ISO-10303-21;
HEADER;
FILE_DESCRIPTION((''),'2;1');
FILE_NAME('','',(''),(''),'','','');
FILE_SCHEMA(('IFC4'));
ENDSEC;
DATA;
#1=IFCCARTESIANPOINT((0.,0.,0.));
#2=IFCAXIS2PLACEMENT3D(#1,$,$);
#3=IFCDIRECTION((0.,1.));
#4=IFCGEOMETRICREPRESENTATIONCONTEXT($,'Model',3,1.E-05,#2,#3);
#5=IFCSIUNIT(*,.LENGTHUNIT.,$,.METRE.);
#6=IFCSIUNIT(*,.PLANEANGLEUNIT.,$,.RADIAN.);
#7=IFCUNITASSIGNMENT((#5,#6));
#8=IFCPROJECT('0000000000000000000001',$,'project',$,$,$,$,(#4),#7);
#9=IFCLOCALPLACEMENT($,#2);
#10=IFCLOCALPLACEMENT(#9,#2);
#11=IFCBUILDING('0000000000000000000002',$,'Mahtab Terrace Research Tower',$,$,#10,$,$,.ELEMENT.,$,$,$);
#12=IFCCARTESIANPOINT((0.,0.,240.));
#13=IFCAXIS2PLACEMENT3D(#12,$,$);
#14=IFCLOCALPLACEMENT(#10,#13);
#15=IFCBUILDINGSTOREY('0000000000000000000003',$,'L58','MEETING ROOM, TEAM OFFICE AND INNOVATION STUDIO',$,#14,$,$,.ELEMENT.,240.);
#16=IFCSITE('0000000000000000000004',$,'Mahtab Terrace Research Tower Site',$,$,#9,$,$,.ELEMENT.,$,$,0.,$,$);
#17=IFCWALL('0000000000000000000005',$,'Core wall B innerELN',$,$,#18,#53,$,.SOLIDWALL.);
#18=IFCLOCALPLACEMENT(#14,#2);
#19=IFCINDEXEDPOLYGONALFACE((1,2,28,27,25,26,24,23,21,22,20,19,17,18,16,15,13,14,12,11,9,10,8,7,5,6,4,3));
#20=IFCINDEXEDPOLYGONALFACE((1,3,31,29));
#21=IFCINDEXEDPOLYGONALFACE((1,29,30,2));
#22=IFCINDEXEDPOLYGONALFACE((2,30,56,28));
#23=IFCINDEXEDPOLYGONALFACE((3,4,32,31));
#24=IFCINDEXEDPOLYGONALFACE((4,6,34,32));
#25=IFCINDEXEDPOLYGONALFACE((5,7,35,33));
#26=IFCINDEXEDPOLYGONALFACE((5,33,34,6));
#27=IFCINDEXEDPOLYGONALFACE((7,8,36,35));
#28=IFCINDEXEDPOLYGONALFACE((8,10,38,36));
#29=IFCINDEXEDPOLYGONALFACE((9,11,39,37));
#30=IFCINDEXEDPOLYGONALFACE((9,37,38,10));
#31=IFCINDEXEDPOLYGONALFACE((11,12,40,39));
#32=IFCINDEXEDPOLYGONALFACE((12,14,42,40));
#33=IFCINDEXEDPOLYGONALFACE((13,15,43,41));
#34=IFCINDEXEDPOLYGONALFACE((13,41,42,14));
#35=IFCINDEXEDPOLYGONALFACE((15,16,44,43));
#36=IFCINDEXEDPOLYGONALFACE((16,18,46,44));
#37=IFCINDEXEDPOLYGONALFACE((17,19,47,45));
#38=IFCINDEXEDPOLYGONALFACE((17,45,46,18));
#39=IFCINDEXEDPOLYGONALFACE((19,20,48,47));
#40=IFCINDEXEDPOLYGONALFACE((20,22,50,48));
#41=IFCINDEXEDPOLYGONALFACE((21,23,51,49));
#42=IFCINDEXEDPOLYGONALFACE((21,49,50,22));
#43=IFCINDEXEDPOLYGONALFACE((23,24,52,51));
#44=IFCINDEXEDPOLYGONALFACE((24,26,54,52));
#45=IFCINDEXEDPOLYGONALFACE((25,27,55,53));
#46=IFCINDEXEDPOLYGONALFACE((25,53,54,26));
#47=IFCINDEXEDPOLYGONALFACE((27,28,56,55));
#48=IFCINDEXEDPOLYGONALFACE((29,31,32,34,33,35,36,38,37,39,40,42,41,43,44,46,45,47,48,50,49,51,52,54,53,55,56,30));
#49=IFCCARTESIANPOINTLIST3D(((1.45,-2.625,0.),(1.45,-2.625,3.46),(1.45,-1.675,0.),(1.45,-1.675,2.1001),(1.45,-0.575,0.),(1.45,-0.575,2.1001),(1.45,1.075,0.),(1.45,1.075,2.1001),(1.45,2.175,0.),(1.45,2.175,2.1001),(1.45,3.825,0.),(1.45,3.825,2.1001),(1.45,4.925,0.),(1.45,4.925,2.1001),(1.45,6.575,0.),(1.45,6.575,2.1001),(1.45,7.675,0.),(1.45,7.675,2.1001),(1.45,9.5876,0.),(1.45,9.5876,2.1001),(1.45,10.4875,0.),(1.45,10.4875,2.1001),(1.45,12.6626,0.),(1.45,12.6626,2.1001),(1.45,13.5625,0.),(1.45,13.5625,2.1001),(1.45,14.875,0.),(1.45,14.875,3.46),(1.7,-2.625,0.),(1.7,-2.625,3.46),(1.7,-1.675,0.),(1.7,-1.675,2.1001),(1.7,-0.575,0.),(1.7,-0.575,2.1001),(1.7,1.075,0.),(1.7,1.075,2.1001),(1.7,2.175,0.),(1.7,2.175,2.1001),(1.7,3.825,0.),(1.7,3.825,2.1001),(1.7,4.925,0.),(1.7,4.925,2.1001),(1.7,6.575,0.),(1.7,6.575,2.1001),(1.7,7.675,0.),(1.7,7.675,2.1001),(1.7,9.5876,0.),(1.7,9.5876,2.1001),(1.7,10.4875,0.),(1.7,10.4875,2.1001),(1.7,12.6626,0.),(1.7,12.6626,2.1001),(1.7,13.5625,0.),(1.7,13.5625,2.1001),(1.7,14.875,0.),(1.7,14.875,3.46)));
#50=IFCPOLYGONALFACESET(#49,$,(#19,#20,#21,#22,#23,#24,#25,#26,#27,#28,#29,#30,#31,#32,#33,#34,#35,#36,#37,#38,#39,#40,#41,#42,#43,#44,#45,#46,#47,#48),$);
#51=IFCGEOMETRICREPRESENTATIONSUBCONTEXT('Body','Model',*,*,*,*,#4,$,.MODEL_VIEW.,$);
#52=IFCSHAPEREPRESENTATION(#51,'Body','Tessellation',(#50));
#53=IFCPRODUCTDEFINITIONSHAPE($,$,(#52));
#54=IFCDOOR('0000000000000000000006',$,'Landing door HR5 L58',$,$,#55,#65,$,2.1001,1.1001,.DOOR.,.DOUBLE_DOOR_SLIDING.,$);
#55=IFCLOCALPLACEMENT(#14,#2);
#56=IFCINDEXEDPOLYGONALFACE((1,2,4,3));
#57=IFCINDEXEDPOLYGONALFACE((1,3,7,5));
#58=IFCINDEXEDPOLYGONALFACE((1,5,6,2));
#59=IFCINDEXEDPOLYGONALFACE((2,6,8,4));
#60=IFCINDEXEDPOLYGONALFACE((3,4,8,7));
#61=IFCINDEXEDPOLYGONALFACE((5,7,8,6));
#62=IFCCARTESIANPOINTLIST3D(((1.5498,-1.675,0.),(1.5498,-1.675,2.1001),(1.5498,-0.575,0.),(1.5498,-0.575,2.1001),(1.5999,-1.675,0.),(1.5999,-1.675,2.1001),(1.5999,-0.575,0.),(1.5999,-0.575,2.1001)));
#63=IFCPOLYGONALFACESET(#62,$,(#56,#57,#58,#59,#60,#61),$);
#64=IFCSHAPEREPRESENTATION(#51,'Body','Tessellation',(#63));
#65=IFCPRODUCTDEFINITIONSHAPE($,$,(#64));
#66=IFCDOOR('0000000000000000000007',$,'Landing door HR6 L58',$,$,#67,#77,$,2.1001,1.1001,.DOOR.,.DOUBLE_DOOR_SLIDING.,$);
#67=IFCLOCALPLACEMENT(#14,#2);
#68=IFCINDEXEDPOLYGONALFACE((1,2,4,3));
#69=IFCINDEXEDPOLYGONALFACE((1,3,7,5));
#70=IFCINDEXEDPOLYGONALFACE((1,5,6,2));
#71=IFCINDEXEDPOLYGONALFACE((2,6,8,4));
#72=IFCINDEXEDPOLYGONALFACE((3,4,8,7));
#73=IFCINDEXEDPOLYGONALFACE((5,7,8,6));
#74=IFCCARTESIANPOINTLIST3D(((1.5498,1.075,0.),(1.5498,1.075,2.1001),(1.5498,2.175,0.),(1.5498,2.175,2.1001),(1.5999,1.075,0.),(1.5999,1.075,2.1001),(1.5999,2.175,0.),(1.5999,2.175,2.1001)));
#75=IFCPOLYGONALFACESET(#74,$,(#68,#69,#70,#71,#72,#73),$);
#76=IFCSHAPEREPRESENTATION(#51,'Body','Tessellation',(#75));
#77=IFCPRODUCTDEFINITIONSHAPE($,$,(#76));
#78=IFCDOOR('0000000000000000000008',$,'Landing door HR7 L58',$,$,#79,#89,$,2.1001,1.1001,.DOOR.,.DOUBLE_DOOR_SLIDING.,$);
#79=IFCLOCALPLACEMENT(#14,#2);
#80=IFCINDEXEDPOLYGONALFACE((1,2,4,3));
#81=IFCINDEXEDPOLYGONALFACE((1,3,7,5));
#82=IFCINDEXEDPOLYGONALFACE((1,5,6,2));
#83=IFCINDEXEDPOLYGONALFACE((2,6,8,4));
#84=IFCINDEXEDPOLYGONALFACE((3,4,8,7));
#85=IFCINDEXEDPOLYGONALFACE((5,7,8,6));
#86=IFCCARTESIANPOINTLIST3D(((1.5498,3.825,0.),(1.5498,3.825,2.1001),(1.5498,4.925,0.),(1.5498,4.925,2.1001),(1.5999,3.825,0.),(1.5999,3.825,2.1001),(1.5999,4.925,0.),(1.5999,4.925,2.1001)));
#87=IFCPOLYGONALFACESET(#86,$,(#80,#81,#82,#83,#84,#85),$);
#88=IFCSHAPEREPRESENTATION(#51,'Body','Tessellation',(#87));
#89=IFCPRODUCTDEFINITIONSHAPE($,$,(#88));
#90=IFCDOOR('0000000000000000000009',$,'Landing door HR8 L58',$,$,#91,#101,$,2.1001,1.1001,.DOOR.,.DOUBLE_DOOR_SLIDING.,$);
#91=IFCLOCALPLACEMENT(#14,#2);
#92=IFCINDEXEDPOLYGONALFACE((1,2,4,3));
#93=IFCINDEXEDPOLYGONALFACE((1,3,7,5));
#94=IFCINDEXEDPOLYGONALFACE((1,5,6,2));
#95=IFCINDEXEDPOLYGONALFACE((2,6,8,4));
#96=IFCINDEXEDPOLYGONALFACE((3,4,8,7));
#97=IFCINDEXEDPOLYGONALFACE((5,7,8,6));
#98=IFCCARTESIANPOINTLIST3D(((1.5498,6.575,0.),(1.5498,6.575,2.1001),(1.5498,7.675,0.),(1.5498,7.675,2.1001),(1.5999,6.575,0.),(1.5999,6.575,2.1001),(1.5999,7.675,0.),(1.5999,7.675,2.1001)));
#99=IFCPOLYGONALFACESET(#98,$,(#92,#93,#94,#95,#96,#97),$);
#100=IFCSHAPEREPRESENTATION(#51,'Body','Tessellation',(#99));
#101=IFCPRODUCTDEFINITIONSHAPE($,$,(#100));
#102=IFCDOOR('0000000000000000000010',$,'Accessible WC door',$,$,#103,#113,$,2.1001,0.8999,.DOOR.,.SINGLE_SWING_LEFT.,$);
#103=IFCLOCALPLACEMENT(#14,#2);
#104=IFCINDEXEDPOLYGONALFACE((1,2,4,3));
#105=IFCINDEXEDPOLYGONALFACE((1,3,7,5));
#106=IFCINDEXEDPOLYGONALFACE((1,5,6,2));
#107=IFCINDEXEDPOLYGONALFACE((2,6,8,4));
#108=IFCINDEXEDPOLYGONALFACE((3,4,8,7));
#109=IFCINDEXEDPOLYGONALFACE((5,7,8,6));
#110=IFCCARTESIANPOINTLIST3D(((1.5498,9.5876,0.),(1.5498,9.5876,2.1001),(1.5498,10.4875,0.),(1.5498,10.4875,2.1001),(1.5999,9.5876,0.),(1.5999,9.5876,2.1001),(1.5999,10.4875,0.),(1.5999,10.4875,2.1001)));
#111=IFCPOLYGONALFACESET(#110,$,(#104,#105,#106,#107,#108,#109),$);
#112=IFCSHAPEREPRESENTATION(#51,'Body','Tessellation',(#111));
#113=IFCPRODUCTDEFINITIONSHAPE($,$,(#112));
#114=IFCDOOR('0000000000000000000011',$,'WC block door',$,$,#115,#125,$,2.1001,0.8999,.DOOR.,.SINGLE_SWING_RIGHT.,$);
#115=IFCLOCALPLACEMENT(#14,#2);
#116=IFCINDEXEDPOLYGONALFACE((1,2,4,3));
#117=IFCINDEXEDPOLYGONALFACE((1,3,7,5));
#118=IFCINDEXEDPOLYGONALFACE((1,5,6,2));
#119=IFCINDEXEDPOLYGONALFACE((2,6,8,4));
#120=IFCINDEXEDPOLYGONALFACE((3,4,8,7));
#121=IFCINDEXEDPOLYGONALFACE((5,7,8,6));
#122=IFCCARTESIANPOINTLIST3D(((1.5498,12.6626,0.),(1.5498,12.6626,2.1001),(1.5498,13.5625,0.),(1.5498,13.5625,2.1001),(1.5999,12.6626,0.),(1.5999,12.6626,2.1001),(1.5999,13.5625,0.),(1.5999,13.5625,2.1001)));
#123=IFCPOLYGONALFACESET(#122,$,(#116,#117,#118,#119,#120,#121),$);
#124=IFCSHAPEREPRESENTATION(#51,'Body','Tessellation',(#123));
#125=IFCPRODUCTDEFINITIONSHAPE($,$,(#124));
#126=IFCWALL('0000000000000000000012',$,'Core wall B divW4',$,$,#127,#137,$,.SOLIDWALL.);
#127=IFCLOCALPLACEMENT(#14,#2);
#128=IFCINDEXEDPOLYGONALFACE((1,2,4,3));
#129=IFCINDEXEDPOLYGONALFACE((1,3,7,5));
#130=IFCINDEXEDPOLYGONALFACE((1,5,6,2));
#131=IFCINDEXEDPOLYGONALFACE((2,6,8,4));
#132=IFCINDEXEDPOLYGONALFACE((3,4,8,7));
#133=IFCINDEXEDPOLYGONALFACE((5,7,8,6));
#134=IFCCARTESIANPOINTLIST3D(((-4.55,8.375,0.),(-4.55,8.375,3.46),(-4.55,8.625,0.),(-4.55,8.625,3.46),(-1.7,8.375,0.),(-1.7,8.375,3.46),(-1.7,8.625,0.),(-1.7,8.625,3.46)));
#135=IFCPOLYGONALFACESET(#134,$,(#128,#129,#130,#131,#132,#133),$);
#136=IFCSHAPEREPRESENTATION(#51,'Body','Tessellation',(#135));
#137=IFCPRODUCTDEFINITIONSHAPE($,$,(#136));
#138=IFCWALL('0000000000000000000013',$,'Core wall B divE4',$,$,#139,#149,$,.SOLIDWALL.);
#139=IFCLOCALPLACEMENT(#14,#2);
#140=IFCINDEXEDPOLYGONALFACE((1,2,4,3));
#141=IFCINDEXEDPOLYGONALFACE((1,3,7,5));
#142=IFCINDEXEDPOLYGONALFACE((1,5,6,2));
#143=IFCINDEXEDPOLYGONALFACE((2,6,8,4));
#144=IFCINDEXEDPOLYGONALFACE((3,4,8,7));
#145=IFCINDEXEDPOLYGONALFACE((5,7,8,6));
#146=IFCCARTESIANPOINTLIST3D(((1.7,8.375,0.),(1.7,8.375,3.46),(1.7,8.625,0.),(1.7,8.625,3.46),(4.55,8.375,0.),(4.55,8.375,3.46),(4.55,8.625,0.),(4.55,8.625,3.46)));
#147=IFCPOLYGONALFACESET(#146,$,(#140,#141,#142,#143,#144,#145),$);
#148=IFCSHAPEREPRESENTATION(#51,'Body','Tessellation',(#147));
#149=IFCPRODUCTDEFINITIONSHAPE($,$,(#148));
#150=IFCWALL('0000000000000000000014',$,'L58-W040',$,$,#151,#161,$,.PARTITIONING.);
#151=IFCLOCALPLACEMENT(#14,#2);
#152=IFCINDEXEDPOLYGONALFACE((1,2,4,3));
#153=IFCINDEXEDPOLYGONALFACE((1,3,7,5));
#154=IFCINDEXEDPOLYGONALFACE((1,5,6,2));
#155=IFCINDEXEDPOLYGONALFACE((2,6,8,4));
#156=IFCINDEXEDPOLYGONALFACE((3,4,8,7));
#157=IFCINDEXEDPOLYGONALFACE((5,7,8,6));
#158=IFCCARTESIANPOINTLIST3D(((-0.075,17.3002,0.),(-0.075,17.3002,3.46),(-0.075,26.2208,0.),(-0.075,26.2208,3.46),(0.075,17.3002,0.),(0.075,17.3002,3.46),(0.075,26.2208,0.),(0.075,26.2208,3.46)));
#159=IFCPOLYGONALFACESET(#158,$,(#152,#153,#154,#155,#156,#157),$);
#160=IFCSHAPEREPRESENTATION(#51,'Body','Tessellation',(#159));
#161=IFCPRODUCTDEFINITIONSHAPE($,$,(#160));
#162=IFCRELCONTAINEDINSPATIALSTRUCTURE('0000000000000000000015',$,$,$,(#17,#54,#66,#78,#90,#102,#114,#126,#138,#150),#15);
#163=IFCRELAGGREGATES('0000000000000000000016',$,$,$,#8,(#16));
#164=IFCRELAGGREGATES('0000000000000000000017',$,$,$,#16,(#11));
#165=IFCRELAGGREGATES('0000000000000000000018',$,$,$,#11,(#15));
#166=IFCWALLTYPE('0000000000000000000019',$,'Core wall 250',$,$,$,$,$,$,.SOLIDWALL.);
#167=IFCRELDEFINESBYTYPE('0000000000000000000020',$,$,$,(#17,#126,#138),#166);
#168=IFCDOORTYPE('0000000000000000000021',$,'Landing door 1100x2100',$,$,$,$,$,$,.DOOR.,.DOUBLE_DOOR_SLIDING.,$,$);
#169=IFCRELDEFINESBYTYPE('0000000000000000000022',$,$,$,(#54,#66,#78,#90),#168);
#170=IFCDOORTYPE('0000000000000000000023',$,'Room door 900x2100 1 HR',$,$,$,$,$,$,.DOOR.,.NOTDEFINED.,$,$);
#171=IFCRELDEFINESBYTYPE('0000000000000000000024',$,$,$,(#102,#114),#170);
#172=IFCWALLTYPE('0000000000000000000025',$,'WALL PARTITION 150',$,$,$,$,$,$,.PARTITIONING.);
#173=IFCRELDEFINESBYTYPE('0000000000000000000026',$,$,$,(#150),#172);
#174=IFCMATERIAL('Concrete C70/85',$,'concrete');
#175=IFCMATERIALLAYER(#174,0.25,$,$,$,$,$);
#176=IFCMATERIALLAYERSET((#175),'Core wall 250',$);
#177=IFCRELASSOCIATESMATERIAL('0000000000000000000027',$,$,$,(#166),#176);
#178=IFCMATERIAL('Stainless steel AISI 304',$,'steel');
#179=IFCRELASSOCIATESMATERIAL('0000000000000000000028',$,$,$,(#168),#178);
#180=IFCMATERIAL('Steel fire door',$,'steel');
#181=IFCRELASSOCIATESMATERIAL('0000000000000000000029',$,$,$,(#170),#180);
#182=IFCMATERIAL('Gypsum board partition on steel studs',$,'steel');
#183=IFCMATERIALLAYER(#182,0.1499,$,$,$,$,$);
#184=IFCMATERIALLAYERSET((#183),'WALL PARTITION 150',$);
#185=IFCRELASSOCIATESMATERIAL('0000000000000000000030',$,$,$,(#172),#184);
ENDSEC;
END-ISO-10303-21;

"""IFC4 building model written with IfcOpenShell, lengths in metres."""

from ifc_helpers import new_model, si_unit, direction, frame, frame_2d, origin, place, context, subcontext, project, spatial, rectangle, extrude, material, layer, layer_set, type_object, element, fill, save


model = new_model("IFC4")

# Units and contexts
model_context = context("Model", 3, precision=1e-05, world=origin(), true_north=direction((0.0, 1.0)))
body_context = subcontext(model_context, "Body", "Model", "MODEL_VIEW")
ifc_project = project(units=[si_unit("LENGTHUNIT", "METRE"), si_unit("PLANEANGLEUNIT", "RADIAN")], contexts=[model_context])

# Site, building, storey
site_placement = place(None, origin())
site = spatial("IfcSite", under=ifc_project, at=site_placement, Name="Mahtab Terrace Research Tower Site", CompositionType="ELEMENT", RefElevation=0.0)
building_placement = place(site_placement, origin())
building = spatial("IfcBuilding", under=site, at=building_placement, Name="Mahtab Terrace Research Tower", CompositionType="ELEMENT")
storey_placement = place(building_placement, frame((0.0, 0.0, 240.0)))
storey = spatial("IfcBuildingStorey", under=building, at=storey_placement, Name="L58", Description="MEETING ROOM, TEAM OFFICE AND INNOVATION STUDIO", CompositionType="ELEMENT", Elevation=240.0)

# Shared definitions
ifc_material_1 = material(Name="Concrete C70/85", Category="concrete")

# Shared definitions
ifc_layer_1 = layer(ifc_material_1, 0.25)
ifc_layer_set_1 = layer_set([ifc_layer_1], Name="Core wall 250")
wall_type_1 = type_object("IfcWallType", Name="Core wall 250", PredefinedType="SOLIDWALL", material=ifc_layer_set_1)

# Shared definitions
ifc_material_2 = material(Name="Steel fire door", Category="steel")

# Wall, openings, doors
wall_1_placement = place(storey_placement, frame((1.575, 14.875, 0.0), z_axis=(0.0, 0.0, 1.0), x_axis=(0.0, -1.0, 0.0)))
wall_1 = element("IfcWall", 1, at=wall_1_placement, inside=storey, type_object=wall_type_1, Name="Core wall B innerELN", PredefinedType="SOLIDWALL", context=body_context, shape_type="SweptSolid", body=[
    extrude(rectangle(XDim=17.5, YDim=0.25, at=frame_2d((8.75, 0.0))), origin(), (0.0, 0.0, 1.0), 3.46),
])
opening_1_placement = place(wall_1_placement, frame((15.45, 0.0, 0.0)))
opening_1 = element("IfcOpeningElement", 2, at=opening_1_placement, cuts=wall_1, PredefinedType="OPENING", context=body_context, shape_type="SweptSolid", body=[
    extrude(rectangle(XDim=1.1001, YDim=2.1001, at=frame_2d((0.55, 1.05))), frame((0.0, 0.135, 0.0), z_axis=(0.0, -1.0, 0.0), x_axis=(1.0, 0.0, 0.0)), (0.0, 0.0, 1.0), 0.27),
])
opening_2_placement = place(wall_1_placement, frame((12.7, 0.0, 0.0)))
opening_2 = element("IfcOpeningElement", 3, at=opening_2_placement, cuts=wall_1, PredefinedType="OPENING", context=body_context, shape_type="SweptSolid", body=[
    extrude(rectangle(XDim=1.1001, YDim=2.1001, at=frame_2d((0.55, 1.05))), frame((0.0, 0.135, 0.0), z_axis=(0.0, -1.0, 0.0), x_axis=(1.0, 0.0, 0.0)), (0.0, 0.0, 1.0), 0.27),
])
opening_3_placement = place(wall_1_placement, frame((9.95, 0.0, 0.0)))
opening_3 = element("IfcOpeningElement", 4, at=opening_3_placement, cuts=wall_1, PredefinedType="OPENING", context=body_context, shape_type="SweptSolid", body=[
    extrude(rectangle(XDim=1.1001, YDim=2.1001, at=frame_2d((0.55, 1.05))), frame((0.0, 0.135, 0.0), z_axis=(0.0, -1.0, 0.0), x_axis=(1.0, 0.0, 0.0)), (0.0, 0.0, 1.0), 0.27),
])
opening_4_placement = place(wall_1_placement, frame((7.2, 0.0, 0.0)))
opening_4 = element("IfcOpeningElement", 5, at=opening_4_placement, cuts=wall_1, PredefinedType="OPENING", context=body_context, shape_type="SweptSolid", body=[
    extrude(rectangle(XDim=1.1001, YDim=2.1001, at=frame_2d((0.55, 1.05))), frame((0.0, 0.135, 0.0), z_axis=(0.0, -1.0, 0.0), x_axis=(1.0, 0.0, 0.0)), (0.0, 0.0, 1.0), 0.27),
])
opening_5_placement = place(wall_1_placement, frame((4.3875, 0.0, 0.0)))
opening_5 = element("IfcOpeningElement", 6, at=opening_5_placement, cuts=wall_1, PredefinedType="OPENING", context=body_context, shape_type="SweptSolid", body=[
    extrude(rectangle(XDim=0.8999, YDim=2.1001, at=frame_2d((0.45, 1.05))), frame((0.0, 0.135, 0.0), z_axis=(0.0, -1.0, 0.0), x_axis=(1.0, 0.0, 0.0)), (0.0, 0.0, 1.0), 0.27),
])
opening_6_placement = place(wall_1_placement, frame((1.3125, 0.0, 0.0)))
opening_6 = element("IfcOpeningElement", 7, at=opening_6_placement, cuts=wall_1, PredefinedType="OPENING", context=body_context, shape_type="SweptSolid", body=[
    extrude(rectangle(XDim=0.8999, YDim=2.1001, at=frame_2d((0.45, 1.05))), frame((0.0, 0.135, 0.0), z_axis=(0.0, -1.0, 0.0), x_axis=(1.0, 0.0, 0.0)), (0.0, 0.0, 1.0), 0.27),
])
ifc_material_3 = material(Name="Stainless steel AISI 304", Category="steel")
door_type_1 = type_object("IfcDoorType", Name="Landing door 1100x2100", OperationType="DOUBLE_DOOR_SLIDING", PredefinedType="DOOR", material=ifc_material_3)
door_1_placement = place(opening_1_placement, origin())
door_1 = element("IfcDoor", 8, at=door_1_placement, inside=storey, type_object=door_type_1, Name="Landing door HR5 L58", OperationType="DOUBLE_DOOR_SLIDING", OverallHeight=2.1001, OverallWidth=1.1001, PredefinedType="DOOR", context=body_context, shape_type="SweptSolid", body=[
    extrude(rectangle(XDim=1.1001, YDim=2.1001, at=frame_2d((0.55, 1.05))), frame((0.0, 0.0249, 0.0), z_axis=(0.0, -1.0, 0.0), x_axis=(1.0, 0.0, 0.0)), (0.0, 0.0, 1.0), 0.05),
])
fill(opening_1, door_1)
door_2_placement = place(opening_2_placement, origin())
door_2 = element("IfcDoor", 9, at=door_2_placement, inside=storey, type_object=door_type_1, Name="Landing door HR6 L58", OperationType="DOUBLE_DOOR_SLIDING", OverallHeight=2.1001, OverallWidth=1.1001, PredefinedType="DOOR", context=body_context, shape_type="SweptSolid", body=[
    extrude(rectangle(XDim=1.1001, YDim=2.1001, at=frame_2d((0.55, 1.05))), frame((0.0, 0.0249, 0.0), z_axis=(0.0, -1.0, 0.0), x_axis=(1.0, 0.0, 0.0)), (0.0, 0.0, 1.0), 0.05),
])
fill(opening_2, door_2)
door_3_placement = place(opening_3_placement, origin())
door_3 = element("IfcDoor", 10, at=door_3_placement, inside=storey, type_object=door_type_1, Name="Landing door HR7 L58", OperationType="DOUBLE_DOOR_SLIDING", OverallHeight=2.1001, OverallWidth=1.1001, PredefinedType="DOOR", context=body_context, shape_type="SweptSolid", body=[
    extrude(rectangle(XDim=1.1001, YDim=2.1001, at=frame_2d((0.55, 1.05))), frame((0.0, 0.0249, 0.0), z_axis=(0.0, -1.0, 0.0), x_axis=(1.0, 0.0, 0.0)), (0.0, 0.0, 1.0), 0.05),
])
fill(opening_3, door_3)
door_4_placement = place(opening_4_placement, origin())
door_4 = element("IfcDoor", 11, at=door_4_placement, inside=storey, type_object=door_type_1, Name="Landing door HR8 L58", OperationType="DOUBLE_DOOR_SLIDING", OverallHeight=2.1001, OverallWidth=1.1001, PredefinedType="DOOR", context=body_context, shape_type="SweptSolid", body=[
    extrude(rectangle(XDim=1.1001, YDim=2.1001, at=frame_2d((0.55, 1.05))), frame((0.0, 0.0249, 0.0), z_axis=(0.0, -1.0, 0.0), x_axis=(1.0, 0.0, 0.0)), (0.0, 0.0, 1.0), 0.05),
])
fill(opening_4, door_4)
door_type_2 = type_object("IfcDoorType", Name="Room door 900x2100 1 HR", OperationType="NOTDEFINED", PredefinedType="DOOR", material=ifc_material_2)
door_5_placement = place(opening_5_placement, origin())
door_5 = element("IfcDoor", 12, at=door_5_placement, inside=storey, type_object=door_type_2, Name="Accessible WC door", OperationType="SINGLE_SWING_LEFT", OverallHeight=2.1001, OverallWidth=0.8999, PredefinedType="DOOR", context=body_context, shape_type="SweptSolid", body=[
    extrude(rectangle(XDim=0.8999, YDim=2.1001, at=frame_2d((0.45, 1.05))), frame((0.0, 0.0249, 0.0), z_axis=(0.0, -1.0, 0.0), x_axis=(1.0, 0.0, 0.0)), (0.0, 0.0, 1.0), 0.05),
])
fill(opening_5, door_5)
door_6_placement = place(opening_6_placement, origin())
door_6 = element("IfcDoor", 13, at=door_6_placement, inside=storey, type_object=door_type_2, Name="WC block door", OperationType="SINGLE_SWING_RIGHT", OverallHeight=2.1001, OverallWidth=0.8999, PredefinedType="DOOR", context=body_context, shape_type="SweptSolid", body=[
    extrude(rectangle(XDim=0.8999, YDim=2.1001, at=frame_2d((0.45, 1.05))), frame((0.0, 0.0249, 0.0), z_axis=(0.0, -1.0, 0.0), x_axis=(1.0, 0.0, 0.0)), (0.0, 0.0, 1.0), 0.05),
])
fill(opening_6, door_6)

# Walls
for number, where, z_axis, x_axis, name in (
    (14, (-4.55, 8.5, 0.0), (0.0, 0.0, 1.0), (1.0, 0.0, 0.0), "Core wall B divW4"),
    (15, (1.7, 8.5, 0.0), (0.0, 0.0, 1.0), (1.0, 0.0, 0.0), "Core wall B divE4"),
):
    element("IfcWall", number, at=place(storey_placement, frame(where, z_axis=z_axis, x_axis=x_axis)), inside=storey, type_object=wall_type_1, Name=name, PredefinedType="SOLIDWALL", context=body_context, shape_type="SweptSolid", body=[
        extrude(rectangle(XDim=2.8501, YDim=0.25, at=frame_2d((1.425, 0.0))), origin(), (0.0, 0.0, 1.0), 3.46),
    ])
ifc_material_4 = material(Name="Gypsum board partition on steel studs", Category="steel")
ifc_layer_2 = layer(ifc_material_4, 0.1499)
ifc_layer_set_2 = layer_set([ifc_layer_2], Name="WALL PARTITION 150")
wall_type_2 = type_object("IfcWallType", Name="WALL PARTITION 150", PredefinedType="PARTITIONING", material=ifc_layer_set_2)
wall_2_placement = place(storey_placement, frame((0.0, 17.3, 0.0), z_axis=(0.0, 0.0, 1.0), x_axis=(0.0, 1.0, 0.0)))
element("IfcWall", 16, at=wall_2_placement, inside=storey, type_object=wall_type_2, Name="L58-W040", PredefinedType="PARTITIONING", context=body_context, shape_type="SweptSolid", body=[
    extrude(rectangle(XDim=8.9207, YDim=0.1499, at=frame_2d((4.4604, 0.0))), origin(), (0.0, 0.0, 1.0), 3.46),
])

save(model, "model.ifc")
